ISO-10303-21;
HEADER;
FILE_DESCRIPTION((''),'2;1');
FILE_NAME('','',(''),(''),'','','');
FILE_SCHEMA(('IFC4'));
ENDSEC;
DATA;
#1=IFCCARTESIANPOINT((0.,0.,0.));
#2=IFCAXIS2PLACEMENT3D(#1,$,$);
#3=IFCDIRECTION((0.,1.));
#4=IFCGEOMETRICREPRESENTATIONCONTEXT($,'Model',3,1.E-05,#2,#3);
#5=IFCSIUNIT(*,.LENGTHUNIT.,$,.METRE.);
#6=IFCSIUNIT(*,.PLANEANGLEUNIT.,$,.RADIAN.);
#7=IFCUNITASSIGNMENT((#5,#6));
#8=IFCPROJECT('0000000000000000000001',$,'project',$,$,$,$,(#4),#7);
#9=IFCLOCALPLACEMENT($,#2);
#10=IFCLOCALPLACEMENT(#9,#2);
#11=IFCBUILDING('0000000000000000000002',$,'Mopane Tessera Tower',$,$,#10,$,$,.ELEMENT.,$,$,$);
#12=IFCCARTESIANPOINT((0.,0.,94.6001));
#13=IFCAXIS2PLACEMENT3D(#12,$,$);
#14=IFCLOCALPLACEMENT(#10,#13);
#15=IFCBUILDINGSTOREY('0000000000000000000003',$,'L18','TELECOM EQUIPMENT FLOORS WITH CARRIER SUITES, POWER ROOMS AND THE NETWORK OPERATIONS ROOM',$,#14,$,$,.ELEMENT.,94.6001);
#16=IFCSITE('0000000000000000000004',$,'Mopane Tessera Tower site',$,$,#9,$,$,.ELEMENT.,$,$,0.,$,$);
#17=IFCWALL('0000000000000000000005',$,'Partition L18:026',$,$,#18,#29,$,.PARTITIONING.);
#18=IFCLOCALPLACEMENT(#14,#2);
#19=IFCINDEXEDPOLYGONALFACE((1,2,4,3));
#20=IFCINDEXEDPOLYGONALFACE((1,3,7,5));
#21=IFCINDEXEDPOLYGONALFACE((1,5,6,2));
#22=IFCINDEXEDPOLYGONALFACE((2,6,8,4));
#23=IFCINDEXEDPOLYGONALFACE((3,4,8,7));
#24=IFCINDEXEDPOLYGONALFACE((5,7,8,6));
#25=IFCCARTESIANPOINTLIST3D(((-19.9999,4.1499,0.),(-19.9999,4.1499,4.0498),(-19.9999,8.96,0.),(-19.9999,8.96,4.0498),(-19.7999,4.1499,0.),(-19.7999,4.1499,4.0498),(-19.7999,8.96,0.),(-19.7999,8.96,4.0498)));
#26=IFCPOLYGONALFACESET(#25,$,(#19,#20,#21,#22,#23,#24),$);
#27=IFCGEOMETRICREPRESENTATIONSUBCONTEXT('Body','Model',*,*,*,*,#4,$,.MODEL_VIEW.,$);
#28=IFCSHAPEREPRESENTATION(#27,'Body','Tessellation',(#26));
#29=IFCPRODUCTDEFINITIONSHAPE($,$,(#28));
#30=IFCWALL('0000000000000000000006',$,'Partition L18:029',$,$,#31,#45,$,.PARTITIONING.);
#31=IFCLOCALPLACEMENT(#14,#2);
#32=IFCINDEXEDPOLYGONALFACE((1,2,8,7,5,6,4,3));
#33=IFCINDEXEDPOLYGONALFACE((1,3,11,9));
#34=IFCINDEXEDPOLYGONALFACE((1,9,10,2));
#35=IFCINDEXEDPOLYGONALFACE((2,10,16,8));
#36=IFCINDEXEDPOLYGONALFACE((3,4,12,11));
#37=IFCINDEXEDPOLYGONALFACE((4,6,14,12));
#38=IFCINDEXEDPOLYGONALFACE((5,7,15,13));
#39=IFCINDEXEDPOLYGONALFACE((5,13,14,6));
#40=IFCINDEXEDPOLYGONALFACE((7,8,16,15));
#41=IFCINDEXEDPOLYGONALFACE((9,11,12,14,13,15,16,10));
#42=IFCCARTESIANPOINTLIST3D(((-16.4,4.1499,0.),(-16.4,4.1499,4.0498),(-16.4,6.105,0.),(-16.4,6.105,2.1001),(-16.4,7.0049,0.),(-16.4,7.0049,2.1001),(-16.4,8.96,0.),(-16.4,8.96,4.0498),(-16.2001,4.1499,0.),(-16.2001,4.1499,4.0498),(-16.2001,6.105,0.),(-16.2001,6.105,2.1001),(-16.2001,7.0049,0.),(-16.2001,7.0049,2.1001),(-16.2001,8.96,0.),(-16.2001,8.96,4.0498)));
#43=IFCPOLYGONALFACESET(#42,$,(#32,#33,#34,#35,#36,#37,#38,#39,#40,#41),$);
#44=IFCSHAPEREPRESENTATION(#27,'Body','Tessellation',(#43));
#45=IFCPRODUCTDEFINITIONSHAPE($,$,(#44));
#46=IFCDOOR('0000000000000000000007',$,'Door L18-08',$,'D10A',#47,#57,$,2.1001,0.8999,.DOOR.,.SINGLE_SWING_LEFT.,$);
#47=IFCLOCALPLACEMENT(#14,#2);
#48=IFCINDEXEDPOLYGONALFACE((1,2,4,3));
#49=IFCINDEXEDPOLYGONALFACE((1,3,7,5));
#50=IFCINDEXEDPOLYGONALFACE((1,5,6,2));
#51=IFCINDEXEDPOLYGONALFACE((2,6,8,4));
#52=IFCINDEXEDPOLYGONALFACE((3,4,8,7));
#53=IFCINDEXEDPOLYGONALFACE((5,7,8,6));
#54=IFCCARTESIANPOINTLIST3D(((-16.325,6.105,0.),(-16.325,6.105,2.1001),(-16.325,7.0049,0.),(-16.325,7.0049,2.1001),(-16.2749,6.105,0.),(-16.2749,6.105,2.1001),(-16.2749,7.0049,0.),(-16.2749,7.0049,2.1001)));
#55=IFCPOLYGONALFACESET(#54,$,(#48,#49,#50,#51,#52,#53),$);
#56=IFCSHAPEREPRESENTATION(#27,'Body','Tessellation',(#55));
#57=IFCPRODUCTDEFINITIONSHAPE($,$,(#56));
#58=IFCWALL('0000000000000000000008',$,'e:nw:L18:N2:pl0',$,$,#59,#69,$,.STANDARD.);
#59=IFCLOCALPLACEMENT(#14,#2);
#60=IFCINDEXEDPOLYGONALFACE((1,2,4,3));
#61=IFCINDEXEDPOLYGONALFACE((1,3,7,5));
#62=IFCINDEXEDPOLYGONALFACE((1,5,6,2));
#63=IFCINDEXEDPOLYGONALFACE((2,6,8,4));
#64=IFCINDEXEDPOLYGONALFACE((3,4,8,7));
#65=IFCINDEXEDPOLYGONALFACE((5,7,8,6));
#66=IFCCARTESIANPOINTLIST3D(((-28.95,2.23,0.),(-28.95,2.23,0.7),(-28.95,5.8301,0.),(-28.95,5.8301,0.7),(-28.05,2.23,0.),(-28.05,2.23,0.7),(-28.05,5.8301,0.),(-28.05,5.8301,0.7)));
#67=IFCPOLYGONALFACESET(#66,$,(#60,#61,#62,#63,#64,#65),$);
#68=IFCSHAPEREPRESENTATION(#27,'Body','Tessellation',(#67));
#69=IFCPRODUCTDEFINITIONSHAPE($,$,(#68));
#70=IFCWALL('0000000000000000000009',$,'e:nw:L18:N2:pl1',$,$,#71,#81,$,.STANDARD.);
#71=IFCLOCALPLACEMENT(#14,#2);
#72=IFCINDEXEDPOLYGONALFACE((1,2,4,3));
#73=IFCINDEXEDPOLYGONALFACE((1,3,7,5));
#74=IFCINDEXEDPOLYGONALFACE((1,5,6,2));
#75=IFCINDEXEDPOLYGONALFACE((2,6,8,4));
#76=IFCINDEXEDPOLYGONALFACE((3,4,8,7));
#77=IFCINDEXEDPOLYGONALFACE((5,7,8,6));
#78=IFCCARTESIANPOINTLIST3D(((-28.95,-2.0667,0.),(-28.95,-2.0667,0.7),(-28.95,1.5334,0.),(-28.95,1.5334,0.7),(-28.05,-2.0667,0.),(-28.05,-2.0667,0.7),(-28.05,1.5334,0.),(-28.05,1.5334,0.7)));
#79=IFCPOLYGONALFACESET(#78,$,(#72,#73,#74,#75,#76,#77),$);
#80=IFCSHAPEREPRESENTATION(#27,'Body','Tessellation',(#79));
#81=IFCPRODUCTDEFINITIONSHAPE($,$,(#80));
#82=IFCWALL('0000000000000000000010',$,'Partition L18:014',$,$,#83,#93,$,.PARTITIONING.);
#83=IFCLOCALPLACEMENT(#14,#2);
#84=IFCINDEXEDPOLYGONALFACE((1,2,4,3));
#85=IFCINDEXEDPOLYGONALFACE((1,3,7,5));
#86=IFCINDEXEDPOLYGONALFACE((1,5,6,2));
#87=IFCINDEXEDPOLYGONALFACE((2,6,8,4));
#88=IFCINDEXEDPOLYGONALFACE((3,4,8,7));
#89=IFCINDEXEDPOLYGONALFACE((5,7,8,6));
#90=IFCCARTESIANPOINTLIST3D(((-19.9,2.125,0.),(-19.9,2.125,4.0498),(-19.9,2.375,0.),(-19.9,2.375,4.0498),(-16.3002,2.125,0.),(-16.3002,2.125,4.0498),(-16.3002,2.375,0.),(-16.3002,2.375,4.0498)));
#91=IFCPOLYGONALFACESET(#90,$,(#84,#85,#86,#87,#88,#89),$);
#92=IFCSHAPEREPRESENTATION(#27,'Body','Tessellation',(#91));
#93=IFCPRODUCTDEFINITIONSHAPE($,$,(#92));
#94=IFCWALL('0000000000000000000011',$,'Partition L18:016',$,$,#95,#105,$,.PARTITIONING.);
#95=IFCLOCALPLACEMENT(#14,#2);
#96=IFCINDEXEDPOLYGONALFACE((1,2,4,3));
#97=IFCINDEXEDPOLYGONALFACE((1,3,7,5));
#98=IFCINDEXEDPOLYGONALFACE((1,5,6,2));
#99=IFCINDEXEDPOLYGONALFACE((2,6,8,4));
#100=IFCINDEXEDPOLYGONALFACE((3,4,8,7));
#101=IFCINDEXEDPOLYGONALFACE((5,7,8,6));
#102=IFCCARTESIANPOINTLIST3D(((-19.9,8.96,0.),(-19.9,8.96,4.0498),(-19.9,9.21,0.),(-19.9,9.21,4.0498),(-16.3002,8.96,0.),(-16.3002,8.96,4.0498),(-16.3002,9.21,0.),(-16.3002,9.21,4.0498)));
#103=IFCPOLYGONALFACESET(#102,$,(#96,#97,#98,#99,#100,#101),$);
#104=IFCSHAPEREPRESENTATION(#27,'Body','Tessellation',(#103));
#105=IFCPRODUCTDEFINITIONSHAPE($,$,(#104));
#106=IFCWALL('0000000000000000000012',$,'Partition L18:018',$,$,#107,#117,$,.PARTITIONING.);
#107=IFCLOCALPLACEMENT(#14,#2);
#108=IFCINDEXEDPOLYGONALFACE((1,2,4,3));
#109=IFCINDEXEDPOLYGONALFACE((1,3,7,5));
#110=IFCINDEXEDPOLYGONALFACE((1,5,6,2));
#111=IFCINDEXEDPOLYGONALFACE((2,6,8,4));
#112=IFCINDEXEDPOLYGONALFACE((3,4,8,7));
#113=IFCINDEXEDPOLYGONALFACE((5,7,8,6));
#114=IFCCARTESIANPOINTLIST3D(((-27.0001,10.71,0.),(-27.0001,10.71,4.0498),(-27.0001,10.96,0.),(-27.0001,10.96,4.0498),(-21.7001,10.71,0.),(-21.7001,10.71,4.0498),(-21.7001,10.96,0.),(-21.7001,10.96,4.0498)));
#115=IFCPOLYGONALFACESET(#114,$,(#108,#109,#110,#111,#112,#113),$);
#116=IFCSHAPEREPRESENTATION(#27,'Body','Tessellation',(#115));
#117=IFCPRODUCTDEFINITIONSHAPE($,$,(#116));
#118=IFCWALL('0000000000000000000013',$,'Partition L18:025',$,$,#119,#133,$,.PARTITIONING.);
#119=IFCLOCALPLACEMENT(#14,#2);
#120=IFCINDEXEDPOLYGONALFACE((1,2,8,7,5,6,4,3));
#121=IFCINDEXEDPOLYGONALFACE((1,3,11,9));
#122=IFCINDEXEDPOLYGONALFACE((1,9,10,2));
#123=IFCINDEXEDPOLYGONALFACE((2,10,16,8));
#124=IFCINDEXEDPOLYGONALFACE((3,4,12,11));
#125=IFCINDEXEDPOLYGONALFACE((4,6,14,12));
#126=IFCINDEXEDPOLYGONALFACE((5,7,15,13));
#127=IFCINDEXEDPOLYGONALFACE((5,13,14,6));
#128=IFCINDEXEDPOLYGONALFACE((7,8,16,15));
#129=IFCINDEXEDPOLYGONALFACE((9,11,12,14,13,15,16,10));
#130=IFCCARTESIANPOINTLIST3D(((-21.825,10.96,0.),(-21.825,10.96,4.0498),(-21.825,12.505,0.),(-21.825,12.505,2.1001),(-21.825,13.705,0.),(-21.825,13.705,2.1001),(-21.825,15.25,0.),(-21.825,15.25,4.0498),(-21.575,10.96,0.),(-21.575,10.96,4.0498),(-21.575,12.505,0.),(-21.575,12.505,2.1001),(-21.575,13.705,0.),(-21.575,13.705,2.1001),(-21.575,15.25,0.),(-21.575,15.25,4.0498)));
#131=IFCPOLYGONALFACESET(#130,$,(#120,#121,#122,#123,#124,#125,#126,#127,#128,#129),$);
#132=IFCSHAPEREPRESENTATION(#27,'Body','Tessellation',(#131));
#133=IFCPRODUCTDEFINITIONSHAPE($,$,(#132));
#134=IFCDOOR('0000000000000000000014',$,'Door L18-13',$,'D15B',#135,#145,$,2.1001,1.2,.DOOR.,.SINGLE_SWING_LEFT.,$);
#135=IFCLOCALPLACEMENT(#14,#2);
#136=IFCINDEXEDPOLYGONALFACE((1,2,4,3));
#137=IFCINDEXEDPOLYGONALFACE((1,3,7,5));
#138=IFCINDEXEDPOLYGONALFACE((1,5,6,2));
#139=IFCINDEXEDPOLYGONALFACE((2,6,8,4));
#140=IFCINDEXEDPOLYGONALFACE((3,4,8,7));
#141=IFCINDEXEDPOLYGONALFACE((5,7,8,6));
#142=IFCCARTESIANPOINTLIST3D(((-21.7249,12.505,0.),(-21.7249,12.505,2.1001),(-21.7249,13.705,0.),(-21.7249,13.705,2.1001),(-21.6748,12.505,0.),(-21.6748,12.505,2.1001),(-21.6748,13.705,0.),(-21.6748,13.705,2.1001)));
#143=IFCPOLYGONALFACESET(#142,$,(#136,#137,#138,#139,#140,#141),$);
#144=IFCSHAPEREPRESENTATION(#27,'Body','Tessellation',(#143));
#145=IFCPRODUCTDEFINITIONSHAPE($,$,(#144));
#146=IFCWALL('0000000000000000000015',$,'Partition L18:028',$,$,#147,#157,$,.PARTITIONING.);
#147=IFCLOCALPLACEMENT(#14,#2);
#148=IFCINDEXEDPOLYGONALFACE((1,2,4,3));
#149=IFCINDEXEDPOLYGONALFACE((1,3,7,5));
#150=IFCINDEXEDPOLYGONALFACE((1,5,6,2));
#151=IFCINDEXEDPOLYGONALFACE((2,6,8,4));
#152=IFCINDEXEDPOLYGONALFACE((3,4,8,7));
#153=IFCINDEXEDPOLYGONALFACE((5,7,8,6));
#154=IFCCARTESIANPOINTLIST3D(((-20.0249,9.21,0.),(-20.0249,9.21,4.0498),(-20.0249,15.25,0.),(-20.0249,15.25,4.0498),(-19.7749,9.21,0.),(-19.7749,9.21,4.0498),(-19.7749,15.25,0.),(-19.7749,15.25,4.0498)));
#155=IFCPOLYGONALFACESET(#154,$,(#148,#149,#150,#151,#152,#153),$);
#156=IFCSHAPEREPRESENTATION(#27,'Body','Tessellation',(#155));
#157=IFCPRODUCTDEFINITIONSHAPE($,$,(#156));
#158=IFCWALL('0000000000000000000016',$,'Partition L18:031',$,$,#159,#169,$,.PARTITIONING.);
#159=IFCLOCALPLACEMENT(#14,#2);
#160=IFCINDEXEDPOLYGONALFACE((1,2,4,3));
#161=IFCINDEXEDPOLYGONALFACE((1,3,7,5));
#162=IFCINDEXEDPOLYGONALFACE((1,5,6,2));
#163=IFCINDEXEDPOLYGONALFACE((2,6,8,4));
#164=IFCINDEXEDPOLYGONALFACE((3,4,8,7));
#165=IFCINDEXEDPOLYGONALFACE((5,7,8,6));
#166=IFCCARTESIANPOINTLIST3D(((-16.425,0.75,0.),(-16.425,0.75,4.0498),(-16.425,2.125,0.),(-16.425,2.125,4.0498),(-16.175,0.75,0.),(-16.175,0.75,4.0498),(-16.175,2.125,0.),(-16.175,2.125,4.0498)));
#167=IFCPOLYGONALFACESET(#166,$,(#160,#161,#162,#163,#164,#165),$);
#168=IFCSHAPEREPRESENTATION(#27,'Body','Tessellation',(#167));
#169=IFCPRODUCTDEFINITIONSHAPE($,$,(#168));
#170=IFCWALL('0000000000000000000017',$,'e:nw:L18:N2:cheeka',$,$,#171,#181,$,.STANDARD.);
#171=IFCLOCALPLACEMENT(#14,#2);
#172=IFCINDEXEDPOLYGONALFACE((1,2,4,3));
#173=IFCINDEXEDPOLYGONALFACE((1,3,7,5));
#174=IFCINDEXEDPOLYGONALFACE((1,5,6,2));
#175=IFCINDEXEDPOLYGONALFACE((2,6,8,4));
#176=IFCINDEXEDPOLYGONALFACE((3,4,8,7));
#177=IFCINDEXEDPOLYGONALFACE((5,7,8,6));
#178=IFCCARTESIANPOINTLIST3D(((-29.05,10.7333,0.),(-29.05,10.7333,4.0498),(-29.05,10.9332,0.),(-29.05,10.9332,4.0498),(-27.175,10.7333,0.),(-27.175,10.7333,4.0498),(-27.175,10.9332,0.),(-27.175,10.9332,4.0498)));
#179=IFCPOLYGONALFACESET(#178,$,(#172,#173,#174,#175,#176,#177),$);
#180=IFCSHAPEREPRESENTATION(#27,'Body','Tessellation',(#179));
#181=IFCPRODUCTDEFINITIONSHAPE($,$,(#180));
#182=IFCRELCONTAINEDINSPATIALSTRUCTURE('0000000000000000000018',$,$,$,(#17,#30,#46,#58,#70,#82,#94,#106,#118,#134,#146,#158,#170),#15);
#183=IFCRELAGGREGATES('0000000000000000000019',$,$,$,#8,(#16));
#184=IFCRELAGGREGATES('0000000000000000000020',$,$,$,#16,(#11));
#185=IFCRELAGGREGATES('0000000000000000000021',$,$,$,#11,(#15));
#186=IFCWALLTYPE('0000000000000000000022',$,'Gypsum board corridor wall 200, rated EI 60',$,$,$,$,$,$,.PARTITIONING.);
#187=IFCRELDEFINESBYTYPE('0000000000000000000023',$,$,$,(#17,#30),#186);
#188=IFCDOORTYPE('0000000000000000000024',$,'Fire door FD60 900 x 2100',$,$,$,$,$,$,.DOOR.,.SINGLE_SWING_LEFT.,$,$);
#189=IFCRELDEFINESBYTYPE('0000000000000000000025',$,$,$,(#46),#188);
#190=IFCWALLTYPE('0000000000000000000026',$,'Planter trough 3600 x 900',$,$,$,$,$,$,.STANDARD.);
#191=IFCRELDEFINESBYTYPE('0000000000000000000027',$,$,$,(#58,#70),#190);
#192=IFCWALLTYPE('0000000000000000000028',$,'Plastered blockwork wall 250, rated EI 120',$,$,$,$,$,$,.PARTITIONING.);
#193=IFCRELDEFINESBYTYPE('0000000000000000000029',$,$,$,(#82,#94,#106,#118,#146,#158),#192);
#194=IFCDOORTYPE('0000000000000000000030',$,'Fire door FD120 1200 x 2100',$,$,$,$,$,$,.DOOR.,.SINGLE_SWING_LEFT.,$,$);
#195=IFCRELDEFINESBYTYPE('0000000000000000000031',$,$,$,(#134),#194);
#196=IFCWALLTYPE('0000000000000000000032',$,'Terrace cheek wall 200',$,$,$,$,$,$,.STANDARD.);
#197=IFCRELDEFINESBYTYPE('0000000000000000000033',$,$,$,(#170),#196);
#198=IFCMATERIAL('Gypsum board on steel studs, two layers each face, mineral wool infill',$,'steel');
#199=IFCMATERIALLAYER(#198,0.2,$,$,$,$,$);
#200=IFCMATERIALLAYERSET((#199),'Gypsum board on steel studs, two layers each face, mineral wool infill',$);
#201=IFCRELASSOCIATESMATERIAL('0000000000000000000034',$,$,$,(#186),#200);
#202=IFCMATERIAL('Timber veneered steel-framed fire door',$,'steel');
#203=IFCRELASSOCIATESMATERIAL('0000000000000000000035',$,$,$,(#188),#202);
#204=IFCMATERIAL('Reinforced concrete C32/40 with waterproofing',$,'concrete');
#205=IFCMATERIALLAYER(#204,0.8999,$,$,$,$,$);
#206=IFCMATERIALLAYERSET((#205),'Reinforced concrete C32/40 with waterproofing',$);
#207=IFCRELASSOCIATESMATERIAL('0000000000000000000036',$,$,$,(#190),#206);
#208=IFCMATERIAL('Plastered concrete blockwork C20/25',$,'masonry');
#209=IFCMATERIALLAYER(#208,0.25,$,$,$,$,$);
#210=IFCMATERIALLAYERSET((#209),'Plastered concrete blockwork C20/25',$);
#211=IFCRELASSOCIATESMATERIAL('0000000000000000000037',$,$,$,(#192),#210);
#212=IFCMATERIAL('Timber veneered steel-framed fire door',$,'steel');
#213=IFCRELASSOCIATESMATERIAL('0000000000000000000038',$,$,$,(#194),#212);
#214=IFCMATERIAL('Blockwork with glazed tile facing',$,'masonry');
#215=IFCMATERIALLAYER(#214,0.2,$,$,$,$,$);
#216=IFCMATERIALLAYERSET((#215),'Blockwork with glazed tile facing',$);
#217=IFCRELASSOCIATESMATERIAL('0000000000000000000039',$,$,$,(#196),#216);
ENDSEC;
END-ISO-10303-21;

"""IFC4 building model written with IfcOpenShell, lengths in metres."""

from ifc_helpers import new_model, si_unit, direction, frame, frame_2d, origin, place, context, subcontext, project, spatial, rectangle, extrude, material, layer, layer_set, type_object, element, fill, save


model = new_model("IFC4")

# Units and contexts
model_context = context("Model", 3, precision=1e-05, world=origin(), true_north=direction((0.0, 1.0)))
body_context = subcontext(model_context, "Body", "Model", "MODEL_VIEW")
ifc_project = project(units=[si_unit("LENGTHUNIT", "METRE"), si_unit("PLANEANGLEUNIT", "RADIAN")], contexts=[model_context])

# Site, building, storey
site_placement = place(None, origin())
site = spatial("IfcSite", under=ifc_project, at=site_placement, Name="Mopane Tessera Tower site", CompositionType="ELEMENT", RefElevation=0.0)
building_placement = place(site_placement, origin())
building = spatial("IfcBuilding", under=site, at=building_placement, Name="Mopane Tessera Tower", CompositionType="ELEMENT")
storey_placement = place(building_placement, frame((0.0, 0.0, 94.6001)))
storey = spatial("IfcBuildingStorey", under=building, at=storey_placement, Name="L18", Description="TELECOM EQUIPMENT FLOORS WITH CARRIER SUITES, POWER ROOMS AND THE NETWORK OPERATIONS ROOM", CompositionType="ELEMENT", Elevation=94.6001)

# Wall
ifc_material_1 = material(Name="Gypsum board on steel studs, two layers each face, mineral wool infill", Category="steel")
ifc_layer_1 = layer(ifc_material_1, 0.2)
ifc_layer_set_1 = layer_set([ifc_layer_1], Name="Gypsum board on steel studs, two layers each face, mineral wool infill")
wall_type_1 = type_object("IfcWallType", Name="Gypsum board corridor wall 200, rated EI 60", PredefinedType="PARTITIONING", material=ifc_layer_set_1)
wall_1_placement = place(storey_placement, frame((-19.8999, 4.1499, 0.0), z_axis=(0.0, 0.0, 1.0), x_axis=(0.0, 1.0, 0.0)))
element("IfcWall", 1, at=wall_1_placement, inside=storey, type_object=wall_type_1, Name="Partition L18:026", PredefinedType="PARTITIONING", context=body_context, shape_type="SweptSolid", body=[
    extrude(rectangle(XDim=4.8101, YDim=0.2, at=frame_2d((2.405, 0.0))), origin(), (0.0, 0.0, 1.0), 4.0498),
])

# Wall, opening, door
wall_2_placement = place(storey_placement, frame((-16.3, 4.1499, 0.0), z_axis=(0.0, 0.0, 1.0), x_axis=(0.0, 1.0, 0.0)))
wall_2 = element("IfcWall", 2, at=wall_2_placement, inside=storey, type_object=wall_type_1, Name="Partition L18:029", PredefinedType="PARTITIONING", context=body_context, shape_type="SweptSolid", body=[
    extrude(rectangle(XDim=4.8101, YDim=0.2, at=frame_2d((2.405, 0.0))), origin(), (0.0, 0.0, 1.0), 4.0498),
])
opening_1_placement = place(wall_2_placement, frame((1.9551, 0.0, 0.0)))
opening_1 = element("IfcOpeningElement", 3, at=opening_1_placement, cuts=wall_2, PredefinedType="OPENING", context=body_context, shape_type="SweptSolid", body=[
    extrude(rectangle(XDim=0.8999, YDim=2.1001, at=frame_2d((0.45, 1.05))), frame((0.0, 0.1121, 0.0), z_axis=(0.0, -1.0, 0.0), x_axis=(1.0, 0.0, 0.0)), (0.0, 0.0, 1.0), 0.2239),
])
ifc_material_2 = material(Name="Timber veneered steel-framed fire door", Category="steel")
door_type_1 = type_object("IfcDoorType", Name="Fire door FD60 900 x 2100", OperationType="SINGLE_SWING_LEFT", PredefinedType="DOOR", material=ifc_material_2)
door_1_placement = place(opening_1_placement, origin())
door_1 = element("IfcDoor", 4, at=door_1_placement, inside=storey, type_object=door_type_1, Name="Door L18-08", ObjectType="D10A", OperationType="SINGLE_SWING_LEFT", OverallHeight=2.1001, OverallWidth=0.8999, PredefinedType="DOOR", context=body_context, shape_type="SweptSolid", body=[
    extrude(rectangle(XDim=0.8999, YDim=2.1001, at=frame_2d((0.45, 1.05))), frame((0.0, 0.0249, 0.0), z_axis=(0.0, -1.0, 0.0), x_axis=(1.0, 0.0, 0.0)), (0.0, 0.0, 1.0), 0.05),
])
fill(opening_1, door_1)

# Walls
ifc_material_3 = material(Name="Reinforced concrete C32/40 with waterproofing", Category="concrete")
ifc_layer_2 = layer(ifc_material_3, 0.8999)
ifc_layer_set_2 = layer_set([ifc_layer_2], Name="Reinforced concrete C32/40 with waterproofing")
wall_type_2 = type_object("IfcWallType", Name="Planter trough 3600 x 900", PredefinedType="STANDARD", material=ifc_layer_set_2)
for number, where, z_axis, x_axis, name in (
    (5, (-28.5, 5.8301, 0.0), (0.0, 0.0, 1.0), (0.0, -1.0, 0.0), "e:nw:L18:N2:pl0"),
    (6, (-28.5, 1.5334, 0.0), (0.0, 0.0, 1.0), (0.0, -1.0, 0.0), "e:nw:L18:N2:pl1"),
):
    element("IfcWall", number, at=place(storey_placement, frame(where, z_axis=z_axis, x_axis=x_axis)), inside=storey, type_object=wall_type_2, Name=name, PredefinedType="STANDARD", context=body_context, shape_type="SweptSolid", body=[
        extrude(rectangle(XDim=3.6001, YDim=0.8999, at=frame_2d((1.8, 0.0))), origin(), (0.0, 0.0, 1.0), 0.7),
    ])
ifc_material_4 = material(Name="Plastered concrete blockwork C20/25", Category="masonry")
ifc_layer_3 = layer(ifc_material_4, 0.25)
ifc_layer_set_3 = layer_set([ifc_layer_3], Name="Plastered concrete blockwork C20/25")
wall_type_3 = type_object("IfcWallType", Name="Plastered blockwork wall 250, rated EI 120", PredefinedType="PARTITIONING", material=ifc_layer_set_3)
for number, where, z_axis, x_axis, name in (
    (7, (-19.8999, 2.25, 0.0), (0.0, 0.0, 1.0), (1.0, 0.0, 0.0), "Partition L18:014"),
    (8, (-19.8999, 9.085, 0.0), (0.0, 0.0, 1.0), (1.0, 0.0, 0.0), "Partition L18:016"),
):
    element("IfcWall", number, at=place(storey_placement, frame(where, z_axis=z_axis, x_axis=x_axis)), inside=storey, type_object=wall_type_3, Name=name, PredefinedType="PARTITIONING", context=body_context, shape_type="SweptSolid", body=[
        extrude(rectangle(XDim=3.5999, YDim=0.25, at=frame_2d((1.7998, 0.0))), origin(), (0.0, 0.0, 1.0), 4.0498),
    ])
wall_3_placement = place(storey_placement, frame((-27.0, 10.835, 0.0), z_axis=(0.0, 0.0, 1.0), x_axis=(1.0, 0.0, 0.0)))
element("IfcWall", 9, at=wall_3_placement, inside=storey, type_object=wall_type_3, Name="Partition L18:018", PredefinedType="PARTITIONING", context=body_context, shape_type="SweptSolid", body=[
    extrude(rectangle(XDim=5.3, YDim=0.25, at=frame_2d((2.6499, 0.0))), origin(), (0.0, 0.0, 1.0), 4.0498),
])

# Wall, opening, door
wall_4_placement = place(storey_placement, frame((-21.7, 10.96, 0.0), z_axis=(0.0, 0.0, 1.0), x_axis=(0.0, 1.0, 0.0)))
wall_4 = element("IfcWall", 10, at=wall_4_placement, inside=storey, type_object=wall_type_3, Name="Partition L18:025", PredefinedType="PARTITIONING", context=body_context, shape_type="SweptSolid", body=[
    extrude(rectangle(XDim=4.29, YDim=0.25, at=frame_2d((2.145, 0.0))), origin(), (0.0, 0.0, 1.0), 4.0498),
])
opening_2_placement = place(wall_4_placement, frame((1.5449, 0.0, 0.0)))
opening_2 = element("IfcOpeningElement", 11, at=opening_2_placement, cuts=wall_4, PredefinedType="OPENING", context=body_context, shape_type="SweptSolid", body=[
    extrude(rectangle(XDim=1.2, YDim=2.1001, at=frame_2d((0.6001, 1.05))), frame((0.0, 0.137, 0.0), z_axis=(0.0, -1.0, 0.0), x_axis=(1.0, 0.0, 0.0)), (0.0, 0.0, 1.0), 0.2739),
])
ifc_material_5 = material(Name="Timber veneered steel-framed fire door", Category="steel")
door_type_2 = type_object("IfcDoorType", Name="Fire door FD120 1200 x 2100", OperationType="SINGLE_SWING_LEFT", PredefinedType="DOOR", material=ifc_material_5)
door_2_placement = place(opening_2_placement, origin())
door_2 = element("IfcDoor", 12, at=door_2_placement, inside=storey, type_object=door_type_2, Name="Door L18-13", ObjectType="D15B", OperationType="SINGLE_SWING_LEFT", OverallHeight=2.1001, OverallWidth=1.2, PredefinedType="DOOR", context=body_context, shape_type="SweptSolid", body=[
    extrude(rectangle(XDim=1.2, YDim=2.1001, at=frame_2d((0.6001, 1.05))), frame((0.0, 0.0249, 0.0), z_axis=(0.0, -1.0, 0.0), x_axis=(1.0, 0.0, 0.0)), (0.0, 0.0, 1.0), 0.05),
])
fill(opening_2, door_2)

# Walls
wall_5_placement = place(storey_placement, frame((-19.8999, 9.21, 0.0), z_axis=(0.0, 0.0, 1.0), x_axis=(0.0, 1.0, 0.0)))
element("IfcWall", 13, at=wall_5_placement, inside=storey, type_object=wall_type_3, Name="Partition L18:028", PredefinedType="PARTITIONING", context=body_context, shape_type="SweptSolid", body=[
    extrude(rectangle(XDim=6.04, YDim=0.25, at=frame_2d((3.02, 0.0))), origin(), (0.0, 0.0, 1.0), 4.0498),
])
wall_6_placement = place(storey_placement, frame((-16.3, 0.75, 0.0), z_axis=(0.0, 0.0, 1.0), x_axis=(0.0, 1.0, 0.0)))
element("IfcWall", 14, at=wall_6_placement, inside=storey, type_object=wall_type_3, Name="Partition L18:031", PredefinedType="PARTITIONING", context=body_context, shape_type="SweptSolid", body=[
    extrude(rectangle(XDim=1.375, YDim=0.25, at=frame_2d((0.6875, 0.0))), origin(), (0.0, 0.0, 1.0), 4.0498),
])
ifc_material_6 = material(Name="Blockwork with glazed tile facing", Category="masonry")
ifc_layer_4 = layer(ifc_material_6, 0.2)
ifc_layer_set_4 = layer_set([ifc_layer_4], Name="Blockwork with glazed tile facing")
wall_type_4 = type_object("IfcWallType", Name="Terrace cheek wall 200", PredefinedType="STANDARD", material=ifc_layer_set_4)
wall_7_placement = place(storey_placement, frame((-29.05, 10.8333, 0.0), z_axis=(0.0, 0.0, 1.0), x_axis=(1.0, 0.0, 0.0)))
element("IfcWall", 15, at=wall_7_placement, inside=storey, type_object=wall_type_4, Name="e:nw:L18:N2:cheeka", PredefinedType="STANDARD", context=body_context, shape_type="SweptSolid", body=[
    extrude(rectangle(XDim=1.875, YDim=0.2, at=frame_2d((0.9375, 0.0))), origin(), (0.0, 0.0, 1.0), 4.0498),
])

save(model, "model.ifc")
